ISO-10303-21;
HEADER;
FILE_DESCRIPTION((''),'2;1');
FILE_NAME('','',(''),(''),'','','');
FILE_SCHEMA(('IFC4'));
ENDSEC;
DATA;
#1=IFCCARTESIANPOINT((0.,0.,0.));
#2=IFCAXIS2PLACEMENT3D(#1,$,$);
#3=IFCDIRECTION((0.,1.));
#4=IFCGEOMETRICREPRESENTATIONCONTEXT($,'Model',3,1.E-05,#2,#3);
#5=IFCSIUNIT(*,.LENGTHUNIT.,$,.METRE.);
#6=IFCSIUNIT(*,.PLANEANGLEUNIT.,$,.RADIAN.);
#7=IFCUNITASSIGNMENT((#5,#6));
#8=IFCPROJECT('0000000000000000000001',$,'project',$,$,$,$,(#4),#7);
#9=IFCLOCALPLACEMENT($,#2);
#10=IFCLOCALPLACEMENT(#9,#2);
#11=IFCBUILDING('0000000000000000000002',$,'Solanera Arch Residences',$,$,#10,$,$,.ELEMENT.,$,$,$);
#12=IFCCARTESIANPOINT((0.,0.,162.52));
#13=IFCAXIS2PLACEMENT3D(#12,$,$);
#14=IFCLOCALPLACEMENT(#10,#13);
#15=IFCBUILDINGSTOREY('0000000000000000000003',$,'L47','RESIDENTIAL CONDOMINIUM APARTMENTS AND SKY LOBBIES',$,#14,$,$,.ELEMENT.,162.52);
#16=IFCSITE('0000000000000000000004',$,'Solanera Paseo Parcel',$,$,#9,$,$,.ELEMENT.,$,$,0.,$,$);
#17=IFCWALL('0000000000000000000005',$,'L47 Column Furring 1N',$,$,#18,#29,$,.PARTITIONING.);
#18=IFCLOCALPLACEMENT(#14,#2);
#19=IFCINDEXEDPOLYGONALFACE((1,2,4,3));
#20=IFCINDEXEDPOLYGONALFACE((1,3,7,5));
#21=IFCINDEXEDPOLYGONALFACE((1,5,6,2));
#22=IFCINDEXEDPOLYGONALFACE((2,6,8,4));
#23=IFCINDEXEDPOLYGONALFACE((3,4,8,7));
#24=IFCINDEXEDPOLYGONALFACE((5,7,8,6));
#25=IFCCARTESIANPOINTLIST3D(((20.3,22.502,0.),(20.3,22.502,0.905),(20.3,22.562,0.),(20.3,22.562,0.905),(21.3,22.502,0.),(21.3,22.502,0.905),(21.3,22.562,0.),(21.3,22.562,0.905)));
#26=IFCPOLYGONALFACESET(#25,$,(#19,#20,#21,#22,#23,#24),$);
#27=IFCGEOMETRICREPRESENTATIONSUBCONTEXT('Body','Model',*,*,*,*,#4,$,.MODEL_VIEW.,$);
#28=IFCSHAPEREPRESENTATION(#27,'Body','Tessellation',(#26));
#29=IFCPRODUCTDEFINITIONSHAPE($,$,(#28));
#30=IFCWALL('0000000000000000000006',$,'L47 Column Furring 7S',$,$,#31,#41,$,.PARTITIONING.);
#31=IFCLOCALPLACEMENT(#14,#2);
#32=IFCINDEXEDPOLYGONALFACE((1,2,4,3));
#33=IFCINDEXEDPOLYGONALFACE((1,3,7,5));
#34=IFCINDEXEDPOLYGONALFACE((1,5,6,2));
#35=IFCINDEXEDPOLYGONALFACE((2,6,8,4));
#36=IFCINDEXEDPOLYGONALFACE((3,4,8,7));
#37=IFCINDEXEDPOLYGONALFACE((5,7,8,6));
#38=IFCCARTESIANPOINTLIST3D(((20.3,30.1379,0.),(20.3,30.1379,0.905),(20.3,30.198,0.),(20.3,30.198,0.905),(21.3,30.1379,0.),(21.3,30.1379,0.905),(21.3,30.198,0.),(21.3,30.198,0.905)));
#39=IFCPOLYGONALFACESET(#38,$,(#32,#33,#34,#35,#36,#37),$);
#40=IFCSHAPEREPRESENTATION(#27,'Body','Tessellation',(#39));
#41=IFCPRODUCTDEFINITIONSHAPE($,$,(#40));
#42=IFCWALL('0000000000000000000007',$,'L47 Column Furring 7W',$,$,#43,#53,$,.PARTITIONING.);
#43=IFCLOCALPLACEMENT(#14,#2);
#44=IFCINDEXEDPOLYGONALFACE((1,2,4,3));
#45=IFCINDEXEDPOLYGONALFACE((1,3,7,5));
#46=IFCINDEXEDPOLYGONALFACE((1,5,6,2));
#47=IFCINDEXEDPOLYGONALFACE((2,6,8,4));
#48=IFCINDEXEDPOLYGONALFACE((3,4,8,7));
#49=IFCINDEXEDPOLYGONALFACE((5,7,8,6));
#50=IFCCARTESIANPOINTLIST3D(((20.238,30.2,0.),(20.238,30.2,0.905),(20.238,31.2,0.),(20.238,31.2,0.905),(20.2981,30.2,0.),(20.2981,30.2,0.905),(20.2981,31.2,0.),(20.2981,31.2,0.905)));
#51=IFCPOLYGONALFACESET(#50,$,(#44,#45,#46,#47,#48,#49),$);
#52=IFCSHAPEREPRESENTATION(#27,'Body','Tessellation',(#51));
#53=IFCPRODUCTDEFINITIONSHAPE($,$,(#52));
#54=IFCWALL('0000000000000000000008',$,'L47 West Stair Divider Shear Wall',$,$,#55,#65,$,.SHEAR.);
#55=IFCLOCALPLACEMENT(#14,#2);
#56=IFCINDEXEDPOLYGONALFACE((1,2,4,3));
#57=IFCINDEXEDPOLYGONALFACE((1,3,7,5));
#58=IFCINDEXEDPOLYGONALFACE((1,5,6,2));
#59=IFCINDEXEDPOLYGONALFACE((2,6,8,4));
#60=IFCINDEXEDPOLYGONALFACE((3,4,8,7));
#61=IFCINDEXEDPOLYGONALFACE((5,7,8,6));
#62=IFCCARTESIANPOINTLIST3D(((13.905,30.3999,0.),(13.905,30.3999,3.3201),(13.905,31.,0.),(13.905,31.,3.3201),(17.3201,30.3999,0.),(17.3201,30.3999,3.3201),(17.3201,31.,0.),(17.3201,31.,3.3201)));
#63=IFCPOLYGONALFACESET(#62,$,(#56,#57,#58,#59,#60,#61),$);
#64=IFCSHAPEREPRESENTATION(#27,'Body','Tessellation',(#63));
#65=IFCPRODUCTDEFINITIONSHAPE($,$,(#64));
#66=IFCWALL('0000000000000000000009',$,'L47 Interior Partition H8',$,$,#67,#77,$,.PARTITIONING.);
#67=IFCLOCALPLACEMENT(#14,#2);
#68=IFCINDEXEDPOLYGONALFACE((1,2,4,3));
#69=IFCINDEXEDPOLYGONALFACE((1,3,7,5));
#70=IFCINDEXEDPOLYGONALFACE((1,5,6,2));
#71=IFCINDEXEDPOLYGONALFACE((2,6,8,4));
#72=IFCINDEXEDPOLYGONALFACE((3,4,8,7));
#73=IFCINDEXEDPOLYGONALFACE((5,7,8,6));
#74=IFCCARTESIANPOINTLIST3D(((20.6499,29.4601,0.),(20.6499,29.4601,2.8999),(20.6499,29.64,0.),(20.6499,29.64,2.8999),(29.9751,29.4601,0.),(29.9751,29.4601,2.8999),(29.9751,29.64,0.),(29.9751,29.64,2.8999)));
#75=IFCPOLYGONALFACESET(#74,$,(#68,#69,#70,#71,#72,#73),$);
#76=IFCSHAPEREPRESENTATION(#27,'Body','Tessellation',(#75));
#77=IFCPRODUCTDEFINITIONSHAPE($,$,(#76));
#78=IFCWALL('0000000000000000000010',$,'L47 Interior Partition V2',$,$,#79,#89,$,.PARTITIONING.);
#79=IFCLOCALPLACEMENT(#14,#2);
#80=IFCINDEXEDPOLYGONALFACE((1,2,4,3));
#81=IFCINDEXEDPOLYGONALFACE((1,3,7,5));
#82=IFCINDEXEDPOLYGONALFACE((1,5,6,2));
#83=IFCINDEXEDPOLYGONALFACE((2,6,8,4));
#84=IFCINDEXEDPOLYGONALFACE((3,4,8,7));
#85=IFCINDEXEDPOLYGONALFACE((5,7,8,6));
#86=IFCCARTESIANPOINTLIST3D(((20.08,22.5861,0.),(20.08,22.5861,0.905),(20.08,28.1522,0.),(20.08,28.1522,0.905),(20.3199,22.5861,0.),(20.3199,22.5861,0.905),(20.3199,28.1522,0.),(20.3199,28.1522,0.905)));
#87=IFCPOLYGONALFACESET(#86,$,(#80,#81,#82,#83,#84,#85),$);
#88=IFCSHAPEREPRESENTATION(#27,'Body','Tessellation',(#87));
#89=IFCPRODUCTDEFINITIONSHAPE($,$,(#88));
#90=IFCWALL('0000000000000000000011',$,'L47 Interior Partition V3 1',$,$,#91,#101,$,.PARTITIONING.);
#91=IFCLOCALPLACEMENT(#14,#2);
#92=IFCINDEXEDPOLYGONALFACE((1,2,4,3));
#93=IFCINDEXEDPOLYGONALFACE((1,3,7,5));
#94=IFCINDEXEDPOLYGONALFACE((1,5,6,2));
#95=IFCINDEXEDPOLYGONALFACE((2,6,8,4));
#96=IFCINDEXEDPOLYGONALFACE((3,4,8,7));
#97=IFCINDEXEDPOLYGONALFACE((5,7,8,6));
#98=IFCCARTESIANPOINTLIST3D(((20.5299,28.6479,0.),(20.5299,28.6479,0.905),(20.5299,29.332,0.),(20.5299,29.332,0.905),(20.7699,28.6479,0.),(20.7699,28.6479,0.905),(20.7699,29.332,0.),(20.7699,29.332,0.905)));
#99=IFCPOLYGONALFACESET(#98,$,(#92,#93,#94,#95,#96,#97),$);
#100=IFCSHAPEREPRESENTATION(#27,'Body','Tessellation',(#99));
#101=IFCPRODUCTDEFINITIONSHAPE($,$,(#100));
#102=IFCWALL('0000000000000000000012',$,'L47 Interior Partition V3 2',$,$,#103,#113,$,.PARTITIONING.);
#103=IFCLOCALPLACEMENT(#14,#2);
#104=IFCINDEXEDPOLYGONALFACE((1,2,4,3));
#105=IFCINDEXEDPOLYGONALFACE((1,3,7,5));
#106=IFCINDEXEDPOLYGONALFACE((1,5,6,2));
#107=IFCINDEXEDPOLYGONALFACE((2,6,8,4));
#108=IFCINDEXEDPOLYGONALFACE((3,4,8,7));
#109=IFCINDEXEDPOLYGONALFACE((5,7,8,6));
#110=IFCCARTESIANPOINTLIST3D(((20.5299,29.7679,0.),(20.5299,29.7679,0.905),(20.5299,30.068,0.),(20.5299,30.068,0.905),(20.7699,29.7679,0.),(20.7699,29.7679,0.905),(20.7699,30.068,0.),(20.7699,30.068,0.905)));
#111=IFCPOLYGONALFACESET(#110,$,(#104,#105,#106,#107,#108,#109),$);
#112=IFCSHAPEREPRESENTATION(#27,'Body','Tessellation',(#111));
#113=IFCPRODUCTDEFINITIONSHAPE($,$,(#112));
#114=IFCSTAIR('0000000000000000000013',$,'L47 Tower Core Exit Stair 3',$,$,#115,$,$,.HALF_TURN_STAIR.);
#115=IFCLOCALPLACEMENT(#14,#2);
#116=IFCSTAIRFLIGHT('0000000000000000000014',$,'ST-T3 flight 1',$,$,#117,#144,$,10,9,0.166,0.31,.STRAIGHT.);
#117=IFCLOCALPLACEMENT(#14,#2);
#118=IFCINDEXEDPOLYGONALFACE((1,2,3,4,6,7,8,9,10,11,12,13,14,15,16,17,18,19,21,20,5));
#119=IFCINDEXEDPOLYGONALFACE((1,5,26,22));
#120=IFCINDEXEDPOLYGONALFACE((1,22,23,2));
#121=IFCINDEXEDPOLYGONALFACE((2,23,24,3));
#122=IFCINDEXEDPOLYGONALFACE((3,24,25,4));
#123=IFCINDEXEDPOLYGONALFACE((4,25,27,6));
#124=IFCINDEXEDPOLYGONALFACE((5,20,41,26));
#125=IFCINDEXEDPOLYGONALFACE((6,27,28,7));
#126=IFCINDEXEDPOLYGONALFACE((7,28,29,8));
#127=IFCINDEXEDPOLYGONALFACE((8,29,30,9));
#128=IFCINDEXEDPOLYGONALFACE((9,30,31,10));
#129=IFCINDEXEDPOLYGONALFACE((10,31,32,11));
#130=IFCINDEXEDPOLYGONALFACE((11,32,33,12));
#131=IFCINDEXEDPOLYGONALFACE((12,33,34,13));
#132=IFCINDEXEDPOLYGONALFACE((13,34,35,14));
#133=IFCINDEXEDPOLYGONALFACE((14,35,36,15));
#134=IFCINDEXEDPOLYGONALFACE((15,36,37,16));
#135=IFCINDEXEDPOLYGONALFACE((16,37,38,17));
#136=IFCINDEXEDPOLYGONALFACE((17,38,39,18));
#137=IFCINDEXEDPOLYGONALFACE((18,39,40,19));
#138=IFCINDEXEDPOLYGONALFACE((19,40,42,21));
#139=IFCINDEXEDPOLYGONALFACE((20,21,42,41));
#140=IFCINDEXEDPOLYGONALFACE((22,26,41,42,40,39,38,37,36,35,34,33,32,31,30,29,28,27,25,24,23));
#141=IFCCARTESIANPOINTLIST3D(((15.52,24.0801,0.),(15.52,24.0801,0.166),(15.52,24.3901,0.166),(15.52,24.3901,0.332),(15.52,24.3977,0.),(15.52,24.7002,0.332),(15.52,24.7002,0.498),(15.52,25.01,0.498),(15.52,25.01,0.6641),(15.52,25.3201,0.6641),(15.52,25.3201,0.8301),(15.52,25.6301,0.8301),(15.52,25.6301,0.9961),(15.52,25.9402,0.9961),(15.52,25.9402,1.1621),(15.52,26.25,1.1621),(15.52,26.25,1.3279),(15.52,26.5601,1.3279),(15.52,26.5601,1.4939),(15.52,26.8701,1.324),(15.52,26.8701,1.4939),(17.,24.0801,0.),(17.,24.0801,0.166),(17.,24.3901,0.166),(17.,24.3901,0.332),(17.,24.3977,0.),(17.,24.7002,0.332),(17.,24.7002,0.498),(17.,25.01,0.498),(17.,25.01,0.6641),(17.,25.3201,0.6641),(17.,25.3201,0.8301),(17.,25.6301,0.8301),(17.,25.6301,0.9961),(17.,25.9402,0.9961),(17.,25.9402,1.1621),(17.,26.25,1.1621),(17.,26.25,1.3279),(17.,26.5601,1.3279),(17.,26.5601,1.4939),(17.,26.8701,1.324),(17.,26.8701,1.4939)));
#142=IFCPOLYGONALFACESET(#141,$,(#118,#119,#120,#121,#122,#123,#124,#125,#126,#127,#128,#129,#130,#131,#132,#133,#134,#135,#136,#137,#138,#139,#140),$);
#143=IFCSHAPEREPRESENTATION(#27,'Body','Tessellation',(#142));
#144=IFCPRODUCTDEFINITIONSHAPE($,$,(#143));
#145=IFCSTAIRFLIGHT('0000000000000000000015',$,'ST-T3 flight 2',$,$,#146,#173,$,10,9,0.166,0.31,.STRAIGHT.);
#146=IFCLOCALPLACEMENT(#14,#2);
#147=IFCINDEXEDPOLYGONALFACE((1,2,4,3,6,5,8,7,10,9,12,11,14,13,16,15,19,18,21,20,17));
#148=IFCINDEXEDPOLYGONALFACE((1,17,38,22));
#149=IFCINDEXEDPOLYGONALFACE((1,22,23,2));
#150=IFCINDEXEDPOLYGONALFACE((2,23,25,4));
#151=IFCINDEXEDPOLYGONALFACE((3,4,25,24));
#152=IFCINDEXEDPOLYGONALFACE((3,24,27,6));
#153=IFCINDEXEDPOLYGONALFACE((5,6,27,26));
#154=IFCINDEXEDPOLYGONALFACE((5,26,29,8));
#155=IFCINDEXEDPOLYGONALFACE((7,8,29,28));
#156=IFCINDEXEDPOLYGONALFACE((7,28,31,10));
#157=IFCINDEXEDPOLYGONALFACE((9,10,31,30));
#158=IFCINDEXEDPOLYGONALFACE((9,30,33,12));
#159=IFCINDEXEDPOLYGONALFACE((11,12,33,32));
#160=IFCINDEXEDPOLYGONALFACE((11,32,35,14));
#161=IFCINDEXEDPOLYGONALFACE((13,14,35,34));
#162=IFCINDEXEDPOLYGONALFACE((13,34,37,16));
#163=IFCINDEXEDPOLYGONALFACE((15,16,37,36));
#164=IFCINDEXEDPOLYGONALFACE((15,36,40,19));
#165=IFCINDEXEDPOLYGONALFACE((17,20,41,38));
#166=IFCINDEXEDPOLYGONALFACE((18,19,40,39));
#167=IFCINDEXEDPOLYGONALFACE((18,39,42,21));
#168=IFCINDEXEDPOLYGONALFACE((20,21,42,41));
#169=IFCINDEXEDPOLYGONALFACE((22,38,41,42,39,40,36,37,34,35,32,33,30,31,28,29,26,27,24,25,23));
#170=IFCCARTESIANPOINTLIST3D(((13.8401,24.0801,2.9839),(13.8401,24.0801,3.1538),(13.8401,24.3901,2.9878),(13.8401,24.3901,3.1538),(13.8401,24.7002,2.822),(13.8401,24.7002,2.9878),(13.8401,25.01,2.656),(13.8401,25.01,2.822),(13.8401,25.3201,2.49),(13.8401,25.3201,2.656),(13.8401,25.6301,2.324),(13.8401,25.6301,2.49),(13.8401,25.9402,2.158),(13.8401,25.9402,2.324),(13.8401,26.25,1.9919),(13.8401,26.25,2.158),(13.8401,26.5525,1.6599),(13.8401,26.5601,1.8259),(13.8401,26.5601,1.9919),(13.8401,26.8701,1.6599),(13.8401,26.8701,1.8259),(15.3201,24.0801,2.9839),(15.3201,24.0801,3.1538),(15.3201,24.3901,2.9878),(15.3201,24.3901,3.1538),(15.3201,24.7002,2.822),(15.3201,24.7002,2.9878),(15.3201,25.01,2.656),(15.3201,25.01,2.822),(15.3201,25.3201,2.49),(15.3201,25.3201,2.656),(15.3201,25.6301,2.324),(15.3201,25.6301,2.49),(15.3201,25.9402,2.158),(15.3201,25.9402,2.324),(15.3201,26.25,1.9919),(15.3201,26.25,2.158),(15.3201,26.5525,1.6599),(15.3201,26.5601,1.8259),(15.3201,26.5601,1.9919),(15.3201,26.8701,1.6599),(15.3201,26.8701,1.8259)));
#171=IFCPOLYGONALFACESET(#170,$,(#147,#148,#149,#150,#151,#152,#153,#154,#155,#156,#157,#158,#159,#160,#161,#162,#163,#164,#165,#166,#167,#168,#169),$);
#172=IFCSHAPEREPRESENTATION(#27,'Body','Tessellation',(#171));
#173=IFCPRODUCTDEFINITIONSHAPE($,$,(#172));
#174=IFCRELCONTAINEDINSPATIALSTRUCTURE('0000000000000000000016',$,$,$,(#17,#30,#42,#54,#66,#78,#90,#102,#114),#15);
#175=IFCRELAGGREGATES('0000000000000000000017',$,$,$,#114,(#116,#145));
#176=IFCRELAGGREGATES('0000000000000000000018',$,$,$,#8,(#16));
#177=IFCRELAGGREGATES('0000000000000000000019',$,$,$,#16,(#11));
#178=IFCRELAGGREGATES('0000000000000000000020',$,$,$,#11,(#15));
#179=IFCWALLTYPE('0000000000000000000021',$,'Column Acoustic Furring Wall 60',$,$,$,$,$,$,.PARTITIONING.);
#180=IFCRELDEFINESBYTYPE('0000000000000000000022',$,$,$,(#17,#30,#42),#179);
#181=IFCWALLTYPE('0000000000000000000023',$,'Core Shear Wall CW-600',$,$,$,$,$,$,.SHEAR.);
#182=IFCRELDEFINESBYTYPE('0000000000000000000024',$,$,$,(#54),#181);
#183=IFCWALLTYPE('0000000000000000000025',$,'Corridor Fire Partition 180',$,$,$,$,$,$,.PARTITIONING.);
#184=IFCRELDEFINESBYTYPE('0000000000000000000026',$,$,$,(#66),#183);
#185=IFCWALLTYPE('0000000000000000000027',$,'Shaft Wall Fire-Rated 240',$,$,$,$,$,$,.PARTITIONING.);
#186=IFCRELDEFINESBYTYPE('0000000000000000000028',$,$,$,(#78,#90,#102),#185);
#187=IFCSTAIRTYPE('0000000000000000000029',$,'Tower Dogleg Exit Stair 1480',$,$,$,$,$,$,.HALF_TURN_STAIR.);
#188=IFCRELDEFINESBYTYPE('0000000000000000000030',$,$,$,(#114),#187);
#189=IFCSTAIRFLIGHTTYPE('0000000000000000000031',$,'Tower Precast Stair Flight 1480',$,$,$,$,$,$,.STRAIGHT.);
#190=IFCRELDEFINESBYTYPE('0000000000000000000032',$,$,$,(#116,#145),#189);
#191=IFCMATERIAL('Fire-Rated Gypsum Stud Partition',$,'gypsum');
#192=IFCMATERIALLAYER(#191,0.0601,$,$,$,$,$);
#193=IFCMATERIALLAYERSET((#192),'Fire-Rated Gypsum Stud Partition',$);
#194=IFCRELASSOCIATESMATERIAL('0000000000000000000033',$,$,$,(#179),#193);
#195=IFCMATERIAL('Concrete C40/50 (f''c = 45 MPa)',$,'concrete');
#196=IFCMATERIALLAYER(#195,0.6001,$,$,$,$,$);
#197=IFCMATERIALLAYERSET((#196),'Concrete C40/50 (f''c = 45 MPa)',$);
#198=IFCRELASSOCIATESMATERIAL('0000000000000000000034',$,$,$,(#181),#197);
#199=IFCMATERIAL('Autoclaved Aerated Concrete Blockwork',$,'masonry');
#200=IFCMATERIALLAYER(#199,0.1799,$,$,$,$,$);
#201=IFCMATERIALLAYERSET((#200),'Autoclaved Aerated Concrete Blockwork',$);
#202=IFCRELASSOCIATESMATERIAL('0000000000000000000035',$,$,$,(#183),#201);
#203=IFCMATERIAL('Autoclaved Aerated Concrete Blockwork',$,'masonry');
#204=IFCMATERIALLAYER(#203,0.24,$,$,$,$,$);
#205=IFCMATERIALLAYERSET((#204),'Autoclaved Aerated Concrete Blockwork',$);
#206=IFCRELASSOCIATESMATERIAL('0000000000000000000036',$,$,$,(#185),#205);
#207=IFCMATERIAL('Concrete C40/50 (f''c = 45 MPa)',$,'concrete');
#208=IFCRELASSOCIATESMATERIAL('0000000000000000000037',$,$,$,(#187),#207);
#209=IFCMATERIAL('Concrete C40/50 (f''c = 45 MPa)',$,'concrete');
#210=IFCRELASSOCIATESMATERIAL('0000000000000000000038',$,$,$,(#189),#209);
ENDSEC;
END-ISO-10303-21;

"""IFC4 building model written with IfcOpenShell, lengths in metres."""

from ifc_helpers import new_model, si_unit, direction, frame, frame_2d, origin, place, context, subcontext, project, spatial, polyline, rectangle, outline, extrude, material, layer, layer_set, type_object, element, aggregate, save


model = new_model("IFC4")

# Units and contexts
model_context = context("Model", 3, precision=1e-05, world=origin(), true_north=direction((0.0, 1.0)))
body_context = subcontext(model_context, "Body", "Model", "MODEL_VIEW")
ifc_project = project(units=[si_unit("LENGTHUNIT", "METRE"), si_unit("PLANEANGLEUNIT", "RADIAN")], contexts=[model_context])

# Site, building, storey
site_placement = place(None, origin())
site = spatial("IfcSite", under=ifc_project, at=site_placement, Name="Solanera Paseo Parcel", CompositionType="ELEMENT", RefElevation=0.0)
building_placement = place(site_placement, origin())
building = spatial("IfcBuilding", under=site, at=building_placement, Name="Solanera Arch Residences", CompositionType="ELEMENT")
storey_placement = place(building_placement, frame((0.0, 0.0, 162.52)))
storey = spatial("IfcBuildingStorey", under=building, at=storey_placement, Name="L47", Description="RESIDENTIAL CONDOMINIUM APARTMENTS AND SKY LOBBIES", CompositionType="ELEMENT", Elevation=162.52)

# Walls
ifc_material_1 = material(Name="Fire-Rated Gypsum Stud Partition", Category="gypsum")
ifc_layer_1 = layer(ifc_material_1, 0.0601)
ifc_layer_set_1 = layer_set([ifc_layer_1], Name="Fire-Rated Gypsum Stud Partition")
wall_type_1 = type_object("IfcWallType", Name="Column Acoustic Furring Wall 60", PredefinedType="PARTITIONING", material=ifc_layer_set_1)
for number, where, z_axis, x_axis, name in (
    (1, (20.3, 22.532, 0.0), (0.0, 0.0, 1.0), (1.0, 0.0, 0.0), "L47 Column Furring 1N"),
    (2, (20.3, 30.168, 0.0), (0.0, 0.0, 1.0), (1.0, 0.0, 0.0), "L47 Column Furring 7S"),
    (3, (20.2681, 30.2, 0.0), (0.0, 0.0, 1.0), (0.0, 1.0, 0.0), "L47 Column Furring 7W"),
):
    element("IfcWall", number, at=place(storey_placement, frame(where, z_axis=z_axis, x_axis=x_axis)), inside=storey, type_object=wall_type_1, Name=name, PredefinedType="PARTITIONING", context=body_context, shape_type="SweptSolid", body=[
        extrude(rectangle(XDim=1.0, YDim=0.0601, at=frame_2d((0.5, 0.0))), origin(), (0.0, 0.0, 1.0), 0.905),
    ])

# Walls
ifc_material_2 = material(Name="Concrete C40/50 (f'c = 45 MPa)", Category="concrete")
ifc_layer_2 = layer(ifc_material_2, 0.6001)
ifc_layer_set_2 = layer_set([ifc_layer_2], Name="Concrete C40/50 (f'c = 45 MPa)")
wall_type_2 = type_object("IfcWallType", Name="Core Shear Wall CW-600", PredefinedType="SHEAR", material=ifc_layer_set_2)
wall_1_placement = place(storey_placement, frame((13.905, 30.7, 0.0), z_axis=(0.0, 0.0, 1.0), x_axis=(1.0, 0.0, 0.0)))
element("IfcWall", 4, at=wall_1_placement, inside=storey, type_object=wall_type_2, Name="L47 West Stair Divider Shear Wall", PredefinedType="SHEAR", context=body_context, shape_type="SweptSolid", body=[
    extrude(rectangle(XDim=3.415, YDim=0.6001, at=frame_2d((1.7075, 0.0))), origin(), (0.0, 0.0, 1.0), 3.3201),
])
ifc_material_3 = material(Name="Autoclaved Aerated Concrete Blockwork", Category="masonry")
ifc_layer_3 = layer(ifc_material_3, 0.1799)
ifc_layer_set_3 = layer_set([ifc_layer_3], Name="Autoclaved Aerated Concrete Blockwork")
wall_type_3 = type_object("IfcWallType", Name="Corridor Fire Partition 180", PredefinedType="PARTITIONING", material=ifc_layer_set_3)
wall_2_placement = place(storey_placement, frame((20.6499, 29.55, 0.0), z_axis=(0.0, 0.0, 1.0), x_axis=(1.0, 0.0, 0.0)))
element("IfcWall", 5, at=wall_2_placement, inside=storey, type_object=wall_type_3, Name="L47 Interior Partition H8", PredefinedType="PARTITIONING", context=body_context, shape_type="SweptSolid", body=[
    extrude(rectangle(XDim=9.3252, YDim=0.1799, at=frame_2d((4.6626, 0.0))), origin(), (0.0, 0.0, 1.0), 2.8999),
])

# Shared definitions
ifc_material_4 = material(Name="Autoclaved Aerated Concrete Blockwork", Category="masonry")
ifc_layer_4 = layer(ifc_material_4, 0.24)
ifc_layer_set_4 = layer_set([ifc_layer_4], Name="Autoclaved Aerated Concrete Blockwork")
wall_type_4 = type_object("IfcWallType", Name="Shaft Wall Fire-Rated 240", PredefinedType="PARTITIONING", material=ifc_layer_set_4)

# Walls
wall_3_placement = place(storey_placement, frame((20.2, 22.5859, 0.0), z_axis=(0.0, 0.0, 1.0), x_axis=(0.0, 1.0, 0.0)))
element("IfcWall", 6, at=wall_3_placement, inside=storey, type_object=wall_type_4, Name="L47 Interior Partition V2", PredefinedType="PARTITIONING", context=body_context, shape_type="SweptSolid", body=[
    extrude(rectangle(XDim=5.5662, YDim=0.24, at=frame_2d((2.7832, 0.0))), origin(), (0.0, 0.0, 1.0), 0.905),
])
wall_4_placement = place(storey_placement, frame((20.6499, 28.6479, 0.0), z_axis=(0.0, 0.0, 1.0), x_axis=(0.0, 1.0, 0.0)))
element("IfcWall", 7, at=wall_4_placement, inside=storey, type_object=wall_type_4, Name="L47 Interior Partition V3 1", PredefinedType="PARTITIONING", context=body_context, shape_type="SweptSolid", body=[
    extrude(rectangle(XDim=0.6841, YDim=0.24, at=frame_2d((0.342, 0.0))), origin(), (0.0, 0.0, 1.0), 0.905),
])
wall_5_placement = place(storey_placement, frame((20.6499, 29.7681, 0.0), z_axis=(0.0, 0.0, 1.0), x_axis=(0.0, 1.0, 0.0)))
element("IfcWall", 8, at=wall_5_placement, inside=storey, type_object=wall_type_4, Name="L47 Interior Partition V3 2", PredefinedType="PARTITIONING", context=body_context, shape_type="SweptSolid", body=[
    extrude(rectangle(XDim=0.3, YDim=0.24, at=frame_2d((0.1499, 0.0))), origin(), (0.0, 0.0, 1.0), 0.905),
])

# Stair, stair flights
ifc_material_5 = material(Name="Concrete C40/50 (f'c = 45 MPa)", Category="concrete")
stair_type = type_object("IfcStairType", Name="Tower Dogleg Exit Stair 1480", PredefinedType="HALF_TURN_STAIR", material=ifc_material_5)
stair_placement = place(storey_placement, origin())
stair = element("IfcStair", 9, at=stair_placement, inside=storey, type_object=stair_type, Name="L47 Tower Core Exit Stair 3", PredefinedType="HALF_TURN_STAIR")
ifc_material_6 = material(Name="Concrete C40/50 (f'c = 45 MPa)", Category="concrete")
stair_flight_type = type_object("IfcStairFlightType", Name="Tower Precast Stair Flight 1480", PredefinedType="STRAIGHT", material=ifc_material_6)
stair_flight_1_placement = place(storey_placement, frame((16.26, 24.0801, 0.0), z_axis=(0.0, 0.0, 1.0), x_axis=(0.0, 1.0, 0.0)))
stair_flight_1 = element("IfcStairFlight", 10, at=stair_flight_1_placement, type_object=stair_flight_type, Name="ST-T3 flight 1", NumberOfRisers=10, NumberOfTreads=9, PredefinedType="STRAIGHT", RiserHeight=0.166, TreadLength=0.31, context=body_context, shape_type="SweptSolid", body=[
    extrude(outline(polyline([(0.0, 0.0), (0.0, 0.166), (0.3101, 0.166), (0.3101, 0.332), (0.6201, 0.332), (0.6201, 0.498), (0.9299, 0.498), (0.9299, 0.6641), (1.24, 0.6641), (1.24, 0.8301), (1.55, 0.8301), (1.55, 0.9961), (1.8601, 0.9961), (1.8601, 1.1621), (2.1699, 1.1621), (2.1699, 1.3279), (2.48, 1.3279), (2.48, 1.4939), (2.79, 1.4939), (2.79, 1.6599), (2.79, 1.324), (0.3176, 0.0), (0.0, 0.0)])), frame((0.0, 0.74, 0.0), z_axis=(0.0, -1.0, 0.0), x_axis=(1.0, 0.0, 0.0)), (0.0, 0.0, 1.0), 1.48),
])
stair_flight_2_placement = place(storey_placement, frame((14.5801, 26.8701, 1.6599), z_axis=(0.0, 0.0, 1.0), x_axis=(0.0, -1.0, 0.0)))
stair_flight_2 = element("IfcStairFlight", 11, at=stair_flight_2_placement, type_object=stair_flight_type, Name="ST-T3 flight 2", NumberOfRisers=10, NumberOfTreads=9, PredefinedType="STRAIGHT", RiserHeight=0.166, TreadLength=0.31, context=body_context, shape_type="SweptSolid", body=[
    extrude(outline(polyline([(0.0, 0.0), (0.0, 0.166), (0.3101, 0.166), (0.3101, 0.332), (0.6201, 0.332), (0.6201, 0.498), (0.9299, 0.498), (0.9299, 0.6641), (1.24, 0.6641), (1.24, 0.8301), (1.55, 0.8301), (1.55, 0.9961), (1.8601, 0.9961), (1.8601, 1.1621), (2.1699, 1.1621), (2.1699, 1.3279), (2.48, 1.3279), (2.48, 1.4939), (2.79, 1.4939), (2.79, 1.6599), (2.79, 1.324), (0.3176, 0.0), (0.0, 0.0)])), frame((0.0, 0.74, 0.0), z_axis=(0.0, -1.0, 0.0), x_axis=(1.0, 0.0, 0.0)), (0.0, 0.0, 1.0), 1.48),
])
aggregate(stair, [stair_flight_1, stair_flight_2])

save(model, "model.ifc")
